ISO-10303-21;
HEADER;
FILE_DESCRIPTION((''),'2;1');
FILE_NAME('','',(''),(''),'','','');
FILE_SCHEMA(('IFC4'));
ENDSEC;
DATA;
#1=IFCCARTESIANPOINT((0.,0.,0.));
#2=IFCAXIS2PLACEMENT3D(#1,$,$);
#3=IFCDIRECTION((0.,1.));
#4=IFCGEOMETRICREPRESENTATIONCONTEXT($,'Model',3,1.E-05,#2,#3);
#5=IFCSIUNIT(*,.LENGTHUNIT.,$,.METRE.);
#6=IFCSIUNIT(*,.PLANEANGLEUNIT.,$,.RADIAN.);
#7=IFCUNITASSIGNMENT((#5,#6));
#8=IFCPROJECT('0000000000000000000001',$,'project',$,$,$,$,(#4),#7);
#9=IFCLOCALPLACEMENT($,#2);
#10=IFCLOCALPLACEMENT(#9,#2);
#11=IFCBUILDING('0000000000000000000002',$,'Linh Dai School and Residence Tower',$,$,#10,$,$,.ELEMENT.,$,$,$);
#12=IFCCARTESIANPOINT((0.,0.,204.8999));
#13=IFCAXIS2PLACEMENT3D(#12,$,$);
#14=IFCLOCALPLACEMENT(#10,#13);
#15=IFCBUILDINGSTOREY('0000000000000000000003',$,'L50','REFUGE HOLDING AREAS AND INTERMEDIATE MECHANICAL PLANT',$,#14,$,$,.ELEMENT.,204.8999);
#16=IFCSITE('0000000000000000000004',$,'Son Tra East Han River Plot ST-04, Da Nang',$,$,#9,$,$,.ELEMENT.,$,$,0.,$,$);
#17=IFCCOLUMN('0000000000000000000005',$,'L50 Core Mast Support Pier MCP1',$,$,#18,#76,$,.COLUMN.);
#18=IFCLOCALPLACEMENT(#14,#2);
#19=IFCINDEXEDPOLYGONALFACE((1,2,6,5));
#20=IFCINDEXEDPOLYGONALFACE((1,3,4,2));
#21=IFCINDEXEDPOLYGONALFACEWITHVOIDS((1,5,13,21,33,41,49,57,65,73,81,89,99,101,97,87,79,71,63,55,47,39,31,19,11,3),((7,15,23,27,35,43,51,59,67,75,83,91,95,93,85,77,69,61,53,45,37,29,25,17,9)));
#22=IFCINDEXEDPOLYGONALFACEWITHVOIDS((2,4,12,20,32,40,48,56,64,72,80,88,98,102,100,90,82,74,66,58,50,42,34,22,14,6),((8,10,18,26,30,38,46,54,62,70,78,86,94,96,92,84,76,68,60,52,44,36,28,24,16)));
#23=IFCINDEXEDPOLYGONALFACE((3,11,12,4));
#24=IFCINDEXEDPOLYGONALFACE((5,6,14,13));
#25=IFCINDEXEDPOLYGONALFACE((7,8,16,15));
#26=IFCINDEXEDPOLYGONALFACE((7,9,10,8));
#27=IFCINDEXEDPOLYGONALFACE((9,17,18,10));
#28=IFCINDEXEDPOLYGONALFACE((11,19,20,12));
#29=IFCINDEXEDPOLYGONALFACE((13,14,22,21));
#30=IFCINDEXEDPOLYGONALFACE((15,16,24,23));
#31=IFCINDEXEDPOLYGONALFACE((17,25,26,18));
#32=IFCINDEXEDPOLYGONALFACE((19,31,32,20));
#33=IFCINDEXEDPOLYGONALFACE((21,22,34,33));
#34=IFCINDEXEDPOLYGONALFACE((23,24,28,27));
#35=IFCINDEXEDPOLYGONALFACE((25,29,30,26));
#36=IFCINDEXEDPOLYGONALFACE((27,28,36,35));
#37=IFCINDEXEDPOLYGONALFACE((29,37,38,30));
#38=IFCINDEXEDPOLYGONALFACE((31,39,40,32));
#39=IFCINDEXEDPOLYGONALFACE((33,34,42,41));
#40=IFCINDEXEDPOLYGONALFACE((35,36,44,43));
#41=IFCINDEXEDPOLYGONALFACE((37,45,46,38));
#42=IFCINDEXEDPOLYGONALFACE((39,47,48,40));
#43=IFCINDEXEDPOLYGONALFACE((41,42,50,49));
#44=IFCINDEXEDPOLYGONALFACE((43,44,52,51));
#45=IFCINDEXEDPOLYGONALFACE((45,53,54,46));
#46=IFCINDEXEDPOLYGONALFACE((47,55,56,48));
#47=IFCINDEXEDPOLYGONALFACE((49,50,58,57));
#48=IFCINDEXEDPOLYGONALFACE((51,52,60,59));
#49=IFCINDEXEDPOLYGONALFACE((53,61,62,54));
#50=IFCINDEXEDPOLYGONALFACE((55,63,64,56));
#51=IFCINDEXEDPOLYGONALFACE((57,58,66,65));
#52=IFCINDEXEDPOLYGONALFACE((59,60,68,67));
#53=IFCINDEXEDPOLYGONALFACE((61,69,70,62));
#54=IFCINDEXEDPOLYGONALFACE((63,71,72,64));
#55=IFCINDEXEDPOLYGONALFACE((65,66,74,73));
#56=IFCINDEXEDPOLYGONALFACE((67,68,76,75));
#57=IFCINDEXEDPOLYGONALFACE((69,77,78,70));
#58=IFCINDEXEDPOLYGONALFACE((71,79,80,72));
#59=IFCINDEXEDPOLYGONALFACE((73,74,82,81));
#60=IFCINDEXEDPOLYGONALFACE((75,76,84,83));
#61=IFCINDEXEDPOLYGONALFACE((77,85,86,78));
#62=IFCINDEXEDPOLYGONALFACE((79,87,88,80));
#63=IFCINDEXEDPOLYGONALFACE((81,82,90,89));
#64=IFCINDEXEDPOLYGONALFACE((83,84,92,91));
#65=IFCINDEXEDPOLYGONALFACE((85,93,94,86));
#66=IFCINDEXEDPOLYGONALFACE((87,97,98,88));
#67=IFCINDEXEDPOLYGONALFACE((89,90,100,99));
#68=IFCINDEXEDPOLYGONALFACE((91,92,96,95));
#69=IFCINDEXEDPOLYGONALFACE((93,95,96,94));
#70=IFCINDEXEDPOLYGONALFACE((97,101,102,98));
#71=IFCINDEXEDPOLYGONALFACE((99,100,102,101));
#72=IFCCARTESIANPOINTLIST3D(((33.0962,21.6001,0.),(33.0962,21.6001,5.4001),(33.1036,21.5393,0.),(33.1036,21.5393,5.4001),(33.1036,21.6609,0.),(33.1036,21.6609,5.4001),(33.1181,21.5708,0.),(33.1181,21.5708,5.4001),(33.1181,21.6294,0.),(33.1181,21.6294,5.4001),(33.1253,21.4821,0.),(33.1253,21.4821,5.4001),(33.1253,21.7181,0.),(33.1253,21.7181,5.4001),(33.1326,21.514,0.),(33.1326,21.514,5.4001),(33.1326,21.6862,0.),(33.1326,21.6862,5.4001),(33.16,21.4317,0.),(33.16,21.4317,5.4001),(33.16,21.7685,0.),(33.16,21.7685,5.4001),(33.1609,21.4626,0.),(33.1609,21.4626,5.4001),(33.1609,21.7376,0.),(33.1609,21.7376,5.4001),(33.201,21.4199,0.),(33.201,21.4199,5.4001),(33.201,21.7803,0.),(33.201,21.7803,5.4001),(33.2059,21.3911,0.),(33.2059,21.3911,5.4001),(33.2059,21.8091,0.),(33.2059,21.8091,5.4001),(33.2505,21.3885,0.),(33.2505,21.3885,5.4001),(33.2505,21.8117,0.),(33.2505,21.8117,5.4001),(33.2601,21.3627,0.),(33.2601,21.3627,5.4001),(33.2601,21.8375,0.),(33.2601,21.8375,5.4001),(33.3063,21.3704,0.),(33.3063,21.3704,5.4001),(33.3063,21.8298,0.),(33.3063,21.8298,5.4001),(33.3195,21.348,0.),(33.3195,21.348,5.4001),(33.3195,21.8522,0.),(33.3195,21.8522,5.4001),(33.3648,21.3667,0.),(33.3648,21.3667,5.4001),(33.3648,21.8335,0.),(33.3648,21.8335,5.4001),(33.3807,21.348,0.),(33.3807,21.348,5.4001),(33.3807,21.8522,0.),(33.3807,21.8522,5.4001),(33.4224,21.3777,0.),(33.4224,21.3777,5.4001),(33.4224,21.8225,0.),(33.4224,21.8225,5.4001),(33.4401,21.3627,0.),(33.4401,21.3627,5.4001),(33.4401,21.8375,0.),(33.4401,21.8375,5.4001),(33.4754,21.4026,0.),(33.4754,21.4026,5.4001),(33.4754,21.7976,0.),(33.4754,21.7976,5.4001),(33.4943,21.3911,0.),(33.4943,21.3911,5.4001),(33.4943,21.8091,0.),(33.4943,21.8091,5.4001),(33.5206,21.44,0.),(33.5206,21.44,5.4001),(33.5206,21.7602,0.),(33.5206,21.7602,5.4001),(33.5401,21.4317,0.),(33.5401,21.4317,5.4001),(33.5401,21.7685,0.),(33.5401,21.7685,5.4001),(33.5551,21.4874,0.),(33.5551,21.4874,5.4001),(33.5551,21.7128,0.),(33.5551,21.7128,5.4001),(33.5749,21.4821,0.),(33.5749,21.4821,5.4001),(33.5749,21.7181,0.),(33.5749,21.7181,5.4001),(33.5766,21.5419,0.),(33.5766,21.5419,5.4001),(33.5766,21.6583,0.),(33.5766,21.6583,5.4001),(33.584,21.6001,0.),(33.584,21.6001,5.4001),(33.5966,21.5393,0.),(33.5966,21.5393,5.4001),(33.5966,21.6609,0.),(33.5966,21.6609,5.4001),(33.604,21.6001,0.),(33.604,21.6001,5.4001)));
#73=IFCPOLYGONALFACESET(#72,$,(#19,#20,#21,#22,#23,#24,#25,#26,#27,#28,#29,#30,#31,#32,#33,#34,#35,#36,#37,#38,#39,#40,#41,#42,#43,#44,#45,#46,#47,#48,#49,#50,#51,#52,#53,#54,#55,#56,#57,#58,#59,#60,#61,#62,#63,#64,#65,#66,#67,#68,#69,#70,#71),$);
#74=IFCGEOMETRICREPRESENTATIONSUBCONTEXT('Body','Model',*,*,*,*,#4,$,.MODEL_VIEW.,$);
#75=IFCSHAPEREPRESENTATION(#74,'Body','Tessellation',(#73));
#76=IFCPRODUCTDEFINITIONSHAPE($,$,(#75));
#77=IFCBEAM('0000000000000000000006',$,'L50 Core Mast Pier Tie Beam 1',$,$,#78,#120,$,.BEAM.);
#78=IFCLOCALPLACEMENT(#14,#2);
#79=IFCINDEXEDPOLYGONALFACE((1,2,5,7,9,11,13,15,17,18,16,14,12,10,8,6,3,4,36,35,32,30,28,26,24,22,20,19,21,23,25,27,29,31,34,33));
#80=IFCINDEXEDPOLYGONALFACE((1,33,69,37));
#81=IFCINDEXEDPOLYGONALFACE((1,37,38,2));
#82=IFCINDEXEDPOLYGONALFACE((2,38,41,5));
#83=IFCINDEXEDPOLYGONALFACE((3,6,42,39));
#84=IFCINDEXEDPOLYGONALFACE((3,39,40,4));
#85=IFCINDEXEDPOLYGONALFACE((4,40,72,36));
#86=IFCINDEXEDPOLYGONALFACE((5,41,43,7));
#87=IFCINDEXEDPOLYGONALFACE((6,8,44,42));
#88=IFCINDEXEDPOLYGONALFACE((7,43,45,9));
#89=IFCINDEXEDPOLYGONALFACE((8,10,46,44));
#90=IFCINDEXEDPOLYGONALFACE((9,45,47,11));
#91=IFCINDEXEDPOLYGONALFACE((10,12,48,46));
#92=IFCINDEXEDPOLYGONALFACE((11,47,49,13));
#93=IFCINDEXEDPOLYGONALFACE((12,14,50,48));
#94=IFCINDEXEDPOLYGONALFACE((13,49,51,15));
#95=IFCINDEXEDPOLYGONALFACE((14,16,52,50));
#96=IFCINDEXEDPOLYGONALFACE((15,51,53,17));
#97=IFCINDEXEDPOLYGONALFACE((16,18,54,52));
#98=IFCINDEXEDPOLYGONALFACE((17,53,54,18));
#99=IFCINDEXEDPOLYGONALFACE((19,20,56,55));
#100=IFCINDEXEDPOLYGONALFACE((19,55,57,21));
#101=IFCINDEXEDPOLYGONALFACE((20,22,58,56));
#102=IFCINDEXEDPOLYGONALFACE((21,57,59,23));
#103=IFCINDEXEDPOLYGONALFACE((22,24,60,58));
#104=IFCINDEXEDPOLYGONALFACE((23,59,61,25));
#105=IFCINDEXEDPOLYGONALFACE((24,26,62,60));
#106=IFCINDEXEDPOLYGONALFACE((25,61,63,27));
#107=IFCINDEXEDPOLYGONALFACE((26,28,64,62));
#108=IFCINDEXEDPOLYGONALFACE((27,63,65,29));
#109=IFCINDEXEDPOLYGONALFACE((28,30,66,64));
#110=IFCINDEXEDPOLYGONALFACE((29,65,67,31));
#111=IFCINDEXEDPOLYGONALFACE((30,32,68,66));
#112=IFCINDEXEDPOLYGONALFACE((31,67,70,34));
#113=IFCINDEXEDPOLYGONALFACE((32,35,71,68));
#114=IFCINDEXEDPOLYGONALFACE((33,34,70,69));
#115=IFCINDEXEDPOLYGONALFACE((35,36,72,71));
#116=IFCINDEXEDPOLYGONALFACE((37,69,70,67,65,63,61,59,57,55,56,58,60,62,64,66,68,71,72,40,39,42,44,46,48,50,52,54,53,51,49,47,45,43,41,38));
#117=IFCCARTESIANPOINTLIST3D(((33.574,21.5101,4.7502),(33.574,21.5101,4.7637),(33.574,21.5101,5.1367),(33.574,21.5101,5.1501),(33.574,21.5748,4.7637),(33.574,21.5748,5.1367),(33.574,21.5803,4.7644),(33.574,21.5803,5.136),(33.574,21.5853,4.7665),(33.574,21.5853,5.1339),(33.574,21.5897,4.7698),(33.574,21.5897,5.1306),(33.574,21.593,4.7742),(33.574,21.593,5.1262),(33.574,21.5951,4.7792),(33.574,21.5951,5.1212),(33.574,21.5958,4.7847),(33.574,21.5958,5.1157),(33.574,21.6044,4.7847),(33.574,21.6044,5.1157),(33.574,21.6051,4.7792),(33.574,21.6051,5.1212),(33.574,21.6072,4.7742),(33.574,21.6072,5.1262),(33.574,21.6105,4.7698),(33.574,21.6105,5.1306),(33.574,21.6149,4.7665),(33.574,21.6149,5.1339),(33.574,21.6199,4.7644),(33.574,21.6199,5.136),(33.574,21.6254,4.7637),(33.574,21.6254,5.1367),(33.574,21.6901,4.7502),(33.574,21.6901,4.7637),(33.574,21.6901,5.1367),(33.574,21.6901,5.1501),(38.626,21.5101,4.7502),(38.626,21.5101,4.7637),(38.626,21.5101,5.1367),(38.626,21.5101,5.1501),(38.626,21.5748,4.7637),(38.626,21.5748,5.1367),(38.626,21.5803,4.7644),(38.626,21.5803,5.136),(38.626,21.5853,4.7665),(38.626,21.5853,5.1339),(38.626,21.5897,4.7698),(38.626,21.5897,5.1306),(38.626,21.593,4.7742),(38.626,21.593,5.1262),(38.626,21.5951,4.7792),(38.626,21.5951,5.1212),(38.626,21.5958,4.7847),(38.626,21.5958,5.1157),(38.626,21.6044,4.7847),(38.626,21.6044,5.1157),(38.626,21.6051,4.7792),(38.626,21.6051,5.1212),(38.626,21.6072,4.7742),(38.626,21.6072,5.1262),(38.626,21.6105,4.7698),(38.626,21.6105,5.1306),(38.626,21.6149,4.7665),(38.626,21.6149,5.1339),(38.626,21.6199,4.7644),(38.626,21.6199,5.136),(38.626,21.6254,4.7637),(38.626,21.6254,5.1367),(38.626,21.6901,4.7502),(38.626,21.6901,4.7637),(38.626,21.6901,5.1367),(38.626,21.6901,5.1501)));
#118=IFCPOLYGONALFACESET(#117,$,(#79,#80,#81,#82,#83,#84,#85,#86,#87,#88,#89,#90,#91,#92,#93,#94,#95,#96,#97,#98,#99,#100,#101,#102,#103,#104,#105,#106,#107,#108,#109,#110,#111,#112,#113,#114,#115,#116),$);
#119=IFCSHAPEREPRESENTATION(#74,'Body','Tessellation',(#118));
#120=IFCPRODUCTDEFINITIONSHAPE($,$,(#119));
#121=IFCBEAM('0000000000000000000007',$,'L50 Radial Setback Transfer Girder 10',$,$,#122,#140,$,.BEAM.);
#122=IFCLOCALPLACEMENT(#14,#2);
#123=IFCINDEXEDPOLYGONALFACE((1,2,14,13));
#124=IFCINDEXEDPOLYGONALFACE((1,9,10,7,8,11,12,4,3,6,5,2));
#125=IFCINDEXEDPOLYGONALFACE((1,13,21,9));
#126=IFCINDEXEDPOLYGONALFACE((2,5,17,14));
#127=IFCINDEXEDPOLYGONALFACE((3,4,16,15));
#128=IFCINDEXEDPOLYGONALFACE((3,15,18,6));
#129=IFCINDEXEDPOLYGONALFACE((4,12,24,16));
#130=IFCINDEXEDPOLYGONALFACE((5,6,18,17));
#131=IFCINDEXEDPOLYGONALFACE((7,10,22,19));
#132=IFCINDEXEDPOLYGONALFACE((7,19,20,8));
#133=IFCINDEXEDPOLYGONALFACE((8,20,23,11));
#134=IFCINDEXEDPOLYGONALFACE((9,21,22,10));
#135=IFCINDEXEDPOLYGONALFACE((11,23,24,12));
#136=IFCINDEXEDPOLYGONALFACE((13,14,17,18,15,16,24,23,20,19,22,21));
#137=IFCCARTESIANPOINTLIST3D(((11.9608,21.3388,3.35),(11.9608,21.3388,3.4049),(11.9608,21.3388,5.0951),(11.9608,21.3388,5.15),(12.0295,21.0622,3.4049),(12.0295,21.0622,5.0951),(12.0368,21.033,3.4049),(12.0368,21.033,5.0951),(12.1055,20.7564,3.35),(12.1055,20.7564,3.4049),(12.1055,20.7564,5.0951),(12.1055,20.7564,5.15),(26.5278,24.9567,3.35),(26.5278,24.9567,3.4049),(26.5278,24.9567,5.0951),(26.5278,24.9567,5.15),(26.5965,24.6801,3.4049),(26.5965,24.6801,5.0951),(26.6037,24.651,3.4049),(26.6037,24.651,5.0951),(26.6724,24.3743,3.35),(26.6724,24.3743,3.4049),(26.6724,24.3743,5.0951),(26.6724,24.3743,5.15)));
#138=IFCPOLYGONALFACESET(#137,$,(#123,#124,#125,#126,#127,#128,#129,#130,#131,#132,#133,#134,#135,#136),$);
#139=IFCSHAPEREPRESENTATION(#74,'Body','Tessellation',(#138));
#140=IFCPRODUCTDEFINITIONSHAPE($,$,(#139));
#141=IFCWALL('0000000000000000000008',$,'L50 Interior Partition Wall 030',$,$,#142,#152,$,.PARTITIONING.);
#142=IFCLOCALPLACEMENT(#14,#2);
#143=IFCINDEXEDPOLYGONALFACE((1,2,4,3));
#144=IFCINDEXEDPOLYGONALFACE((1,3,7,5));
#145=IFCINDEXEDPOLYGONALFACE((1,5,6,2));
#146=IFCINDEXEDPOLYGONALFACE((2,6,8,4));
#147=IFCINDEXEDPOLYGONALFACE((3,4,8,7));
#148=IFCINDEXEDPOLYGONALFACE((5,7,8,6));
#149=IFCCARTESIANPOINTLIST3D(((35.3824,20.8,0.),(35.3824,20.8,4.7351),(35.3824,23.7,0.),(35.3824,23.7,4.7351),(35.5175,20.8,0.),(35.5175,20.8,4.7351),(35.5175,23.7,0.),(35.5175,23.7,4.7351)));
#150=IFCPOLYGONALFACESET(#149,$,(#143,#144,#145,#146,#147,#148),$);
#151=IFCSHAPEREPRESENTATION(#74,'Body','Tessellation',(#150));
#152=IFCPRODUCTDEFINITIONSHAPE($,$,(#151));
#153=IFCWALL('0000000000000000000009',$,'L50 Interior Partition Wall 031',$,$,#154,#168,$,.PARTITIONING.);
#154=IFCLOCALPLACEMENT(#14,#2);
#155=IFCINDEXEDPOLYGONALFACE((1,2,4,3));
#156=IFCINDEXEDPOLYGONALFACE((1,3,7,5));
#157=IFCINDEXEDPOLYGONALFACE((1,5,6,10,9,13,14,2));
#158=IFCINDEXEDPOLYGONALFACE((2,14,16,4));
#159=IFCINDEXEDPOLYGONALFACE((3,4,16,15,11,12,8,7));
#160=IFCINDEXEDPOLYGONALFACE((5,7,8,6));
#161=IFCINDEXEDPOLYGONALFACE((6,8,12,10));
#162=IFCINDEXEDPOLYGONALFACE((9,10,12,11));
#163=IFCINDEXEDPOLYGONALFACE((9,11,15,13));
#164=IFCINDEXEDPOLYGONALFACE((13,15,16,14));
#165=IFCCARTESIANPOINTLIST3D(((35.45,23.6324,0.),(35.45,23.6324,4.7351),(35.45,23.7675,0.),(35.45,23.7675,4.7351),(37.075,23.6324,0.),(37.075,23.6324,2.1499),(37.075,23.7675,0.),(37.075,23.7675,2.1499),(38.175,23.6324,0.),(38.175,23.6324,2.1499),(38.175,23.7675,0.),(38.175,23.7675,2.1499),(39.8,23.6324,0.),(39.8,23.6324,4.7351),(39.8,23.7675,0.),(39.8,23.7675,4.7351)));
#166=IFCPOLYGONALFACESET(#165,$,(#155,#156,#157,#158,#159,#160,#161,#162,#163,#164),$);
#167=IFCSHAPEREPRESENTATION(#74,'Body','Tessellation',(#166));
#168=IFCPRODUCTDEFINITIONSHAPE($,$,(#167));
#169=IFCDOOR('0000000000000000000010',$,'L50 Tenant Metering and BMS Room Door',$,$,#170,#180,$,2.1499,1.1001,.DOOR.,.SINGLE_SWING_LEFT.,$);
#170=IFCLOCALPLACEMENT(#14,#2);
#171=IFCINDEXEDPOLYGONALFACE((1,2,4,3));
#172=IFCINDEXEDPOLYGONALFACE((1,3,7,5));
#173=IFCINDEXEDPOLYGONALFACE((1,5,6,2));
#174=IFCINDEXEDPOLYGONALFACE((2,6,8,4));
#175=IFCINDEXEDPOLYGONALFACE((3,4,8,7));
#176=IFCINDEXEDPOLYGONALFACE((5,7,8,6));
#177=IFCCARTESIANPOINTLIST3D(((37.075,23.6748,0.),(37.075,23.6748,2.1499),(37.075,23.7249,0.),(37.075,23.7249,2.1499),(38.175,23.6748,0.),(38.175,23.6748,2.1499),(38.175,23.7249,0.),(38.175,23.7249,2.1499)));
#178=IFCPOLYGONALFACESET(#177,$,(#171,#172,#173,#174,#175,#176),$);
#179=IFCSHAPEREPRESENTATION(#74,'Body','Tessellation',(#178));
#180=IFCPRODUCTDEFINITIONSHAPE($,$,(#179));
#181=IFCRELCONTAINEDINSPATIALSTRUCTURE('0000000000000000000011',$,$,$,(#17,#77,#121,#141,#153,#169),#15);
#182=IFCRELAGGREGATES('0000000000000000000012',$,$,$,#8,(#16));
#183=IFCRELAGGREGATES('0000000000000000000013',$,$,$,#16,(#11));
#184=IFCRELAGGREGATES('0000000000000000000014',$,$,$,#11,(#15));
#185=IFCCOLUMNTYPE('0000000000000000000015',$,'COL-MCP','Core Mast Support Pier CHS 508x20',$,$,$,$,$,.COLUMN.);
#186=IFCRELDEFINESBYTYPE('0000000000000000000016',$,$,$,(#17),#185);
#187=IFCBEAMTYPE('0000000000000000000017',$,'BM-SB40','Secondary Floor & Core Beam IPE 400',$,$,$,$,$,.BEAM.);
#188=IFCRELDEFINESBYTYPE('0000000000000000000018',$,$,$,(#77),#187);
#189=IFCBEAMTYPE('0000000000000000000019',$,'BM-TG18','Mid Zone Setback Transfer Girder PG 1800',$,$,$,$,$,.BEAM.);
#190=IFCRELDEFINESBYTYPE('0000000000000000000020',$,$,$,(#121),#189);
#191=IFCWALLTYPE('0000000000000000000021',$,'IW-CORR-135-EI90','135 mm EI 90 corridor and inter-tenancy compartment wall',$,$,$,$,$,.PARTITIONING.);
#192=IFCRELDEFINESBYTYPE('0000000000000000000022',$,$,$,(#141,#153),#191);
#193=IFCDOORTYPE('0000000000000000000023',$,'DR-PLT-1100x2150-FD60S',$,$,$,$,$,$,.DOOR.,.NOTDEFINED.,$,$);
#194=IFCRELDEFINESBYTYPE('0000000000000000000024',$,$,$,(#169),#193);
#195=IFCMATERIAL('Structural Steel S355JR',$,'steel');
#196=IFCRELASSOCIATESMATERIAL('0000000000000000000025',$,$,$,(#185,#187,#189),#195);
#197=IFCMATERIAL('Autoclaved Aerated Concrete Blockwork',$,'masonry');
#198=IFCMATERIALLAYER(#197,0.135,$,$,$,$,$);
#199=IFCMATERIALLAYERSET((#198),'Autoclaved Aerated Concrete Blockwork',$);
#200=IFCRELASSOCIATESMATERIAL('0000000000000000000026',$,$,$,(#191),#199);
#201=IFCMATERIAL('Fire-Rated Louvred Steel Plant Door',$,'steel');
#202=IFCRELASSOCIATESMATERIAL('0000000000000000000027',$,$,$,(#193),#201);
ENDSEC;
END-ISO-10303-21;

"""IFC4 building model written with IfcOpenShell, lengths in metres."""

from ifc_helpers import new_model, si_unit, direction, frame, frame_2d, origin, origin_2d, place, context, subcontext, project, spatial, rectangle, hollow_circle, i_section, extrude, source, transform, mapped, material, layer, layer_set, material_profile, profile_set, type_object, element, fill, save


model = new_model("IFC4")

# Units and contexts
model_context = context("Model", 3, precision=1e-05, world=origin(), true_north=direction((0.0, 1.0)))
body_context = subcontext(model_context, "Body", "Model", "MODEL_VIEW")
ifc_project = project(units=[si_unit("LENGTHUNIT", "METRE"), si_unit("PLANEANGLEUNIT", "RADIAN")], contexts=[model_context])

# Site, building, storey
site_placement = place(None, origin())
site = spatial("IfcSite", under=ifc_project, at=site_placement, Name="Son Tra East Han River Plot ST-04, Da Nang", CompositionType="ELEMENT", RefElevation=0.0)
building_placement = place(site_placement, origin())
building = spatial("IfcBuilding", under=site, at=building_placement, Name="Linh Dai School and Residence Tower", CompositionType="ELEMENT")
storey_placement = place(building_placement, frame((0.0, 0.0, 204.8999)))
storey = spatial("IfcBuildingStorey", under=building, at=storey_placement, Name="L50", Description="REFUGE HOLDING AREAS AND INTERMEDIATE MECHANICAL PLANT", CompositionType="ELEMENT", Elevation=204.8999)

# Column
ifc_material_1 = material(Name="Structural Steel S355JR", Category="steel")
ifc_material_profile_1 = material_profile(ifc_material_1, hollow_circle(Radius=0.2539, WallThickness=0.02, at=origin_2d()), Name="CHS 508x20")
ifc_profile_set_1 = profile_set([ifc_material_profile_1], Name="Structural Steel S355JR")
column_type_1 = type_object("IfcColumnType", Name="COL-MCP", Description="Core Mast Support Pier CHS 508x20", PredefinedType="COLUMN", material=ifc_profile_set_1)
column_placement = place(storey_placement, frame((33.3501, 21.6001, 0.0), z_axis=(0.0, 0.0, 1.0), x_axis=(1.0, 0.0, 0.0)))
element("IfcColumn", 1, at=column_placement, inside=storey, type_object=column_type_1, Name="L50 Core Mast Support Pier MCP1", PredefinedType="COLUMN", context=body_context, shape_type="SweptSolid", body=[
    extrude(hollow_circle(Radius=0.2539, WallThickness=0.02, at=origin_2d()), origin(), (0.0, 0.0, 1.0), 5.4001),
])

# Beams
ifc_material_profile_2 = material_profile(ifc_material_1, i_section(OverallWidth=0.1799, OverallDepth=0.3999, WebThickness=0.0085, FlangeThickness=0.0134, FilletRadius=0.021, at=origin_2d()), Name="IPE 400")
ifc_profile_set_2 = profile_set([ifc_material_profile_2], Name="Structural Steel S355JR")
beam_type_1 = type_object("IfcBeamType", Name="BM-SB40", Description="Secondary Floor & Core Beam IPE 400", PredefinedType="BEAM", material=ifc_profile_set_2)
beam_1_placement = place(storey_placement, frame((33.574, 21.6001, 4.9502), z_axis=(1.0, 0.0, 0.0), x_axis=(0.0, 1.0, 0.0)))
element("IfcBeam", 2, at=beam_1_placement, inside=storey, type_object=beam_type_1, Name="L50 Core Mast Pier Tie Beam 1", PredefinedType="BEAM", context=body_context, shape_type="SweptSolid", body=[
    extrude(i_section(OverallWidth=0.1799, OverallDepth=0.3999, WebThickness=0.0085, FlangeThickness=0.0134, FilletRadius=0.021, at=origin_2d()), origin(), (0.0, 0.0, 1.0), 5.052),
])
ifc_material_profile_3 = material_profile(ifc_material_1, i_section(OverallWidth=0.6001, OverallDepth=1.8, WebThickness=0.03, FlangeThickness=0.0549, at=origin_2d()), Name="PG 1800x600x30x55")
ifc_profile_set_3 = profile_set([ifc_material_profile_3], Name="Structural Steel S355JR")
beam_type_2 = type_object("IfcBeamType", Name="BM-TG18", Description="Mid Zone Setback Transfer Girder PG 1800", PredefinedType="BEAM", material=ifc_profile_set_3)
beam_2_placement = place(storey_placement, frame((26.6001, 24.6655, 4.25), z_axis=(-0.970515, -0.241043, 0.0), x_axis=(0.241043, -0.970515, 0.0)))
element("IfcBeam", 3, at=beam_2_placement, inside=storey, type_object=beam_type_2, Name="L50 Radial Setback Transfer Girder 10", PredefinedType="BEAM", context=body_context, shape_type="SweptSolid", body=[
    extrude(i_section(OverallWidth=0.6001, OverallDepth=1.8, WebThickness=0.03, FlangeThickness=0.0549, at=origin_2d()), origin(), (0.0, 0.0, 1.0), 15.0095),
])

# Wall
ifc_material_2 = material(Name="Autoclaved Aerated Concrete Blockwork", Category="masonry")
ifc_layer_1 = layer(ifc_material_2, 0.135)
ifc_layer_set_1 = layer_set([ifc_layer_1], Name="Autoclaved Aerated Concrete Blockwork")
wall_type_1 = type_object("IfcWallType", Name="IW-CORR-135-EI90", Description="135 mm EI 90 corridor and inter-tenancy compartment wall", PredefinedType="PARTITIONING", material=ifc_layer_set_1)
wall_1_placement = place(storey_placement, frame((35.45, 20.8, 0.0), z_axis=(0.0, 0.0, 1.0), x_axis=(0.0, 1.0, 0.0)))
element("IfcWall", 4, at=wall_1_placement, inside=storey, type_object=wall_type_1, Name="L50 Interior Partition Wall 030", PredefinedType="PARTITIONING", context=body_context, shape_type="SweptSolid", body=[
    extrude(rectangle(XDim=2.8999, YDim=0.135, at=frame_2d((1.45, 0.0))), origin(), (0.0, 0.0, 1.0), 4.7351),
])

# Wall, opening, door
wall_2_placement = place(storey_placement, frame((35.45, 23.7, 0.0), z_axis=(0.0, 0.0, 1.0), x_axis=(1.0, 0.0, 0.0)))
wall_2 = element("IfcWall", 5, at=wall_2_placement, inside=storey, type_object=wall_type_1, Name="L50 Interior Partition Wall 031", PredefinedType="PARTITIONING", context=body_context, shape_type="SweptSolid", body=[
    extrude(rectangle(XDim=4.3501, YDim=0.135, at=frame_2d((2.175, 0.0))), origin(), (0.0, 0.0, 1.0), 4.7351),
])
opening_1_placement = place(wall_2_placement, frame((1.625, 0.0, 0.0)))
opening_1 = element("IfcOpeningElement", 6, at=opening_1_placement, cuts=wall_2, PredefinedType="OPENING", context=body_context, shape_type="SweptSolid", body=[
    extrude(rectangle(XDim=1.1001, YDim=2.1499, at=origin_2d()), frame((0.55, 0.0776, 1.075), z_axis=(0.0, -1.0, 0.0), x_axis=(1.0, 0.0, 0.0)), (0.0, 0.0, 1.0), 0.155),
])
ifc_material_3 = material(Name="Fire-Rated Louvred Steel Plant Door", Category="steel")
door_type_1 = type_object("IfcDoorType", Name="DR-PLT-1100x2150-FD60S", OperationType="NOTDEFINED", PredefinedType="DOOR", material=ifc_material_3)
shared_shape_1 = source(origin(), body_context, "Body", "SweptSolid", [
    extrude(rectangle(XDim=1.1001, YDim=2.1499, at=origin_2d()), frame((0.55, 0.0249, 1.075), z_axis=(0.0, -1.0, 0.0), x_axis=(1.0, 0.0, 0.0)), (0.0, 0.0, 1.0), 0.05),
])
door_1_placement = place(opening_1_placement, origin())
door_1 = element("IfcDoor", 7, at=door_1_placement, inside=storey, type_object=door_type_1, Name="L50 Tenant Metering and BMS Room Door", OperationType="SINGLE_SWING_LEFT", OverallHeight=2.1499, OverallWidth=1.1001, PredefinedType="DOOR", context=body_context, shape_type="MappedRepresentation", body=[
    mapped(shared_shape_1, transform((0.0, 0.0, 0.0), x_axis=(1.0, 0.0, 0.0), y_axis=(0.0, 1.0, 0.0), z_axis=(0.0, 0.0, 1.0), scale=1.0)),
])
fill(opening_1, door_1)

save(model, "model.ifc")
